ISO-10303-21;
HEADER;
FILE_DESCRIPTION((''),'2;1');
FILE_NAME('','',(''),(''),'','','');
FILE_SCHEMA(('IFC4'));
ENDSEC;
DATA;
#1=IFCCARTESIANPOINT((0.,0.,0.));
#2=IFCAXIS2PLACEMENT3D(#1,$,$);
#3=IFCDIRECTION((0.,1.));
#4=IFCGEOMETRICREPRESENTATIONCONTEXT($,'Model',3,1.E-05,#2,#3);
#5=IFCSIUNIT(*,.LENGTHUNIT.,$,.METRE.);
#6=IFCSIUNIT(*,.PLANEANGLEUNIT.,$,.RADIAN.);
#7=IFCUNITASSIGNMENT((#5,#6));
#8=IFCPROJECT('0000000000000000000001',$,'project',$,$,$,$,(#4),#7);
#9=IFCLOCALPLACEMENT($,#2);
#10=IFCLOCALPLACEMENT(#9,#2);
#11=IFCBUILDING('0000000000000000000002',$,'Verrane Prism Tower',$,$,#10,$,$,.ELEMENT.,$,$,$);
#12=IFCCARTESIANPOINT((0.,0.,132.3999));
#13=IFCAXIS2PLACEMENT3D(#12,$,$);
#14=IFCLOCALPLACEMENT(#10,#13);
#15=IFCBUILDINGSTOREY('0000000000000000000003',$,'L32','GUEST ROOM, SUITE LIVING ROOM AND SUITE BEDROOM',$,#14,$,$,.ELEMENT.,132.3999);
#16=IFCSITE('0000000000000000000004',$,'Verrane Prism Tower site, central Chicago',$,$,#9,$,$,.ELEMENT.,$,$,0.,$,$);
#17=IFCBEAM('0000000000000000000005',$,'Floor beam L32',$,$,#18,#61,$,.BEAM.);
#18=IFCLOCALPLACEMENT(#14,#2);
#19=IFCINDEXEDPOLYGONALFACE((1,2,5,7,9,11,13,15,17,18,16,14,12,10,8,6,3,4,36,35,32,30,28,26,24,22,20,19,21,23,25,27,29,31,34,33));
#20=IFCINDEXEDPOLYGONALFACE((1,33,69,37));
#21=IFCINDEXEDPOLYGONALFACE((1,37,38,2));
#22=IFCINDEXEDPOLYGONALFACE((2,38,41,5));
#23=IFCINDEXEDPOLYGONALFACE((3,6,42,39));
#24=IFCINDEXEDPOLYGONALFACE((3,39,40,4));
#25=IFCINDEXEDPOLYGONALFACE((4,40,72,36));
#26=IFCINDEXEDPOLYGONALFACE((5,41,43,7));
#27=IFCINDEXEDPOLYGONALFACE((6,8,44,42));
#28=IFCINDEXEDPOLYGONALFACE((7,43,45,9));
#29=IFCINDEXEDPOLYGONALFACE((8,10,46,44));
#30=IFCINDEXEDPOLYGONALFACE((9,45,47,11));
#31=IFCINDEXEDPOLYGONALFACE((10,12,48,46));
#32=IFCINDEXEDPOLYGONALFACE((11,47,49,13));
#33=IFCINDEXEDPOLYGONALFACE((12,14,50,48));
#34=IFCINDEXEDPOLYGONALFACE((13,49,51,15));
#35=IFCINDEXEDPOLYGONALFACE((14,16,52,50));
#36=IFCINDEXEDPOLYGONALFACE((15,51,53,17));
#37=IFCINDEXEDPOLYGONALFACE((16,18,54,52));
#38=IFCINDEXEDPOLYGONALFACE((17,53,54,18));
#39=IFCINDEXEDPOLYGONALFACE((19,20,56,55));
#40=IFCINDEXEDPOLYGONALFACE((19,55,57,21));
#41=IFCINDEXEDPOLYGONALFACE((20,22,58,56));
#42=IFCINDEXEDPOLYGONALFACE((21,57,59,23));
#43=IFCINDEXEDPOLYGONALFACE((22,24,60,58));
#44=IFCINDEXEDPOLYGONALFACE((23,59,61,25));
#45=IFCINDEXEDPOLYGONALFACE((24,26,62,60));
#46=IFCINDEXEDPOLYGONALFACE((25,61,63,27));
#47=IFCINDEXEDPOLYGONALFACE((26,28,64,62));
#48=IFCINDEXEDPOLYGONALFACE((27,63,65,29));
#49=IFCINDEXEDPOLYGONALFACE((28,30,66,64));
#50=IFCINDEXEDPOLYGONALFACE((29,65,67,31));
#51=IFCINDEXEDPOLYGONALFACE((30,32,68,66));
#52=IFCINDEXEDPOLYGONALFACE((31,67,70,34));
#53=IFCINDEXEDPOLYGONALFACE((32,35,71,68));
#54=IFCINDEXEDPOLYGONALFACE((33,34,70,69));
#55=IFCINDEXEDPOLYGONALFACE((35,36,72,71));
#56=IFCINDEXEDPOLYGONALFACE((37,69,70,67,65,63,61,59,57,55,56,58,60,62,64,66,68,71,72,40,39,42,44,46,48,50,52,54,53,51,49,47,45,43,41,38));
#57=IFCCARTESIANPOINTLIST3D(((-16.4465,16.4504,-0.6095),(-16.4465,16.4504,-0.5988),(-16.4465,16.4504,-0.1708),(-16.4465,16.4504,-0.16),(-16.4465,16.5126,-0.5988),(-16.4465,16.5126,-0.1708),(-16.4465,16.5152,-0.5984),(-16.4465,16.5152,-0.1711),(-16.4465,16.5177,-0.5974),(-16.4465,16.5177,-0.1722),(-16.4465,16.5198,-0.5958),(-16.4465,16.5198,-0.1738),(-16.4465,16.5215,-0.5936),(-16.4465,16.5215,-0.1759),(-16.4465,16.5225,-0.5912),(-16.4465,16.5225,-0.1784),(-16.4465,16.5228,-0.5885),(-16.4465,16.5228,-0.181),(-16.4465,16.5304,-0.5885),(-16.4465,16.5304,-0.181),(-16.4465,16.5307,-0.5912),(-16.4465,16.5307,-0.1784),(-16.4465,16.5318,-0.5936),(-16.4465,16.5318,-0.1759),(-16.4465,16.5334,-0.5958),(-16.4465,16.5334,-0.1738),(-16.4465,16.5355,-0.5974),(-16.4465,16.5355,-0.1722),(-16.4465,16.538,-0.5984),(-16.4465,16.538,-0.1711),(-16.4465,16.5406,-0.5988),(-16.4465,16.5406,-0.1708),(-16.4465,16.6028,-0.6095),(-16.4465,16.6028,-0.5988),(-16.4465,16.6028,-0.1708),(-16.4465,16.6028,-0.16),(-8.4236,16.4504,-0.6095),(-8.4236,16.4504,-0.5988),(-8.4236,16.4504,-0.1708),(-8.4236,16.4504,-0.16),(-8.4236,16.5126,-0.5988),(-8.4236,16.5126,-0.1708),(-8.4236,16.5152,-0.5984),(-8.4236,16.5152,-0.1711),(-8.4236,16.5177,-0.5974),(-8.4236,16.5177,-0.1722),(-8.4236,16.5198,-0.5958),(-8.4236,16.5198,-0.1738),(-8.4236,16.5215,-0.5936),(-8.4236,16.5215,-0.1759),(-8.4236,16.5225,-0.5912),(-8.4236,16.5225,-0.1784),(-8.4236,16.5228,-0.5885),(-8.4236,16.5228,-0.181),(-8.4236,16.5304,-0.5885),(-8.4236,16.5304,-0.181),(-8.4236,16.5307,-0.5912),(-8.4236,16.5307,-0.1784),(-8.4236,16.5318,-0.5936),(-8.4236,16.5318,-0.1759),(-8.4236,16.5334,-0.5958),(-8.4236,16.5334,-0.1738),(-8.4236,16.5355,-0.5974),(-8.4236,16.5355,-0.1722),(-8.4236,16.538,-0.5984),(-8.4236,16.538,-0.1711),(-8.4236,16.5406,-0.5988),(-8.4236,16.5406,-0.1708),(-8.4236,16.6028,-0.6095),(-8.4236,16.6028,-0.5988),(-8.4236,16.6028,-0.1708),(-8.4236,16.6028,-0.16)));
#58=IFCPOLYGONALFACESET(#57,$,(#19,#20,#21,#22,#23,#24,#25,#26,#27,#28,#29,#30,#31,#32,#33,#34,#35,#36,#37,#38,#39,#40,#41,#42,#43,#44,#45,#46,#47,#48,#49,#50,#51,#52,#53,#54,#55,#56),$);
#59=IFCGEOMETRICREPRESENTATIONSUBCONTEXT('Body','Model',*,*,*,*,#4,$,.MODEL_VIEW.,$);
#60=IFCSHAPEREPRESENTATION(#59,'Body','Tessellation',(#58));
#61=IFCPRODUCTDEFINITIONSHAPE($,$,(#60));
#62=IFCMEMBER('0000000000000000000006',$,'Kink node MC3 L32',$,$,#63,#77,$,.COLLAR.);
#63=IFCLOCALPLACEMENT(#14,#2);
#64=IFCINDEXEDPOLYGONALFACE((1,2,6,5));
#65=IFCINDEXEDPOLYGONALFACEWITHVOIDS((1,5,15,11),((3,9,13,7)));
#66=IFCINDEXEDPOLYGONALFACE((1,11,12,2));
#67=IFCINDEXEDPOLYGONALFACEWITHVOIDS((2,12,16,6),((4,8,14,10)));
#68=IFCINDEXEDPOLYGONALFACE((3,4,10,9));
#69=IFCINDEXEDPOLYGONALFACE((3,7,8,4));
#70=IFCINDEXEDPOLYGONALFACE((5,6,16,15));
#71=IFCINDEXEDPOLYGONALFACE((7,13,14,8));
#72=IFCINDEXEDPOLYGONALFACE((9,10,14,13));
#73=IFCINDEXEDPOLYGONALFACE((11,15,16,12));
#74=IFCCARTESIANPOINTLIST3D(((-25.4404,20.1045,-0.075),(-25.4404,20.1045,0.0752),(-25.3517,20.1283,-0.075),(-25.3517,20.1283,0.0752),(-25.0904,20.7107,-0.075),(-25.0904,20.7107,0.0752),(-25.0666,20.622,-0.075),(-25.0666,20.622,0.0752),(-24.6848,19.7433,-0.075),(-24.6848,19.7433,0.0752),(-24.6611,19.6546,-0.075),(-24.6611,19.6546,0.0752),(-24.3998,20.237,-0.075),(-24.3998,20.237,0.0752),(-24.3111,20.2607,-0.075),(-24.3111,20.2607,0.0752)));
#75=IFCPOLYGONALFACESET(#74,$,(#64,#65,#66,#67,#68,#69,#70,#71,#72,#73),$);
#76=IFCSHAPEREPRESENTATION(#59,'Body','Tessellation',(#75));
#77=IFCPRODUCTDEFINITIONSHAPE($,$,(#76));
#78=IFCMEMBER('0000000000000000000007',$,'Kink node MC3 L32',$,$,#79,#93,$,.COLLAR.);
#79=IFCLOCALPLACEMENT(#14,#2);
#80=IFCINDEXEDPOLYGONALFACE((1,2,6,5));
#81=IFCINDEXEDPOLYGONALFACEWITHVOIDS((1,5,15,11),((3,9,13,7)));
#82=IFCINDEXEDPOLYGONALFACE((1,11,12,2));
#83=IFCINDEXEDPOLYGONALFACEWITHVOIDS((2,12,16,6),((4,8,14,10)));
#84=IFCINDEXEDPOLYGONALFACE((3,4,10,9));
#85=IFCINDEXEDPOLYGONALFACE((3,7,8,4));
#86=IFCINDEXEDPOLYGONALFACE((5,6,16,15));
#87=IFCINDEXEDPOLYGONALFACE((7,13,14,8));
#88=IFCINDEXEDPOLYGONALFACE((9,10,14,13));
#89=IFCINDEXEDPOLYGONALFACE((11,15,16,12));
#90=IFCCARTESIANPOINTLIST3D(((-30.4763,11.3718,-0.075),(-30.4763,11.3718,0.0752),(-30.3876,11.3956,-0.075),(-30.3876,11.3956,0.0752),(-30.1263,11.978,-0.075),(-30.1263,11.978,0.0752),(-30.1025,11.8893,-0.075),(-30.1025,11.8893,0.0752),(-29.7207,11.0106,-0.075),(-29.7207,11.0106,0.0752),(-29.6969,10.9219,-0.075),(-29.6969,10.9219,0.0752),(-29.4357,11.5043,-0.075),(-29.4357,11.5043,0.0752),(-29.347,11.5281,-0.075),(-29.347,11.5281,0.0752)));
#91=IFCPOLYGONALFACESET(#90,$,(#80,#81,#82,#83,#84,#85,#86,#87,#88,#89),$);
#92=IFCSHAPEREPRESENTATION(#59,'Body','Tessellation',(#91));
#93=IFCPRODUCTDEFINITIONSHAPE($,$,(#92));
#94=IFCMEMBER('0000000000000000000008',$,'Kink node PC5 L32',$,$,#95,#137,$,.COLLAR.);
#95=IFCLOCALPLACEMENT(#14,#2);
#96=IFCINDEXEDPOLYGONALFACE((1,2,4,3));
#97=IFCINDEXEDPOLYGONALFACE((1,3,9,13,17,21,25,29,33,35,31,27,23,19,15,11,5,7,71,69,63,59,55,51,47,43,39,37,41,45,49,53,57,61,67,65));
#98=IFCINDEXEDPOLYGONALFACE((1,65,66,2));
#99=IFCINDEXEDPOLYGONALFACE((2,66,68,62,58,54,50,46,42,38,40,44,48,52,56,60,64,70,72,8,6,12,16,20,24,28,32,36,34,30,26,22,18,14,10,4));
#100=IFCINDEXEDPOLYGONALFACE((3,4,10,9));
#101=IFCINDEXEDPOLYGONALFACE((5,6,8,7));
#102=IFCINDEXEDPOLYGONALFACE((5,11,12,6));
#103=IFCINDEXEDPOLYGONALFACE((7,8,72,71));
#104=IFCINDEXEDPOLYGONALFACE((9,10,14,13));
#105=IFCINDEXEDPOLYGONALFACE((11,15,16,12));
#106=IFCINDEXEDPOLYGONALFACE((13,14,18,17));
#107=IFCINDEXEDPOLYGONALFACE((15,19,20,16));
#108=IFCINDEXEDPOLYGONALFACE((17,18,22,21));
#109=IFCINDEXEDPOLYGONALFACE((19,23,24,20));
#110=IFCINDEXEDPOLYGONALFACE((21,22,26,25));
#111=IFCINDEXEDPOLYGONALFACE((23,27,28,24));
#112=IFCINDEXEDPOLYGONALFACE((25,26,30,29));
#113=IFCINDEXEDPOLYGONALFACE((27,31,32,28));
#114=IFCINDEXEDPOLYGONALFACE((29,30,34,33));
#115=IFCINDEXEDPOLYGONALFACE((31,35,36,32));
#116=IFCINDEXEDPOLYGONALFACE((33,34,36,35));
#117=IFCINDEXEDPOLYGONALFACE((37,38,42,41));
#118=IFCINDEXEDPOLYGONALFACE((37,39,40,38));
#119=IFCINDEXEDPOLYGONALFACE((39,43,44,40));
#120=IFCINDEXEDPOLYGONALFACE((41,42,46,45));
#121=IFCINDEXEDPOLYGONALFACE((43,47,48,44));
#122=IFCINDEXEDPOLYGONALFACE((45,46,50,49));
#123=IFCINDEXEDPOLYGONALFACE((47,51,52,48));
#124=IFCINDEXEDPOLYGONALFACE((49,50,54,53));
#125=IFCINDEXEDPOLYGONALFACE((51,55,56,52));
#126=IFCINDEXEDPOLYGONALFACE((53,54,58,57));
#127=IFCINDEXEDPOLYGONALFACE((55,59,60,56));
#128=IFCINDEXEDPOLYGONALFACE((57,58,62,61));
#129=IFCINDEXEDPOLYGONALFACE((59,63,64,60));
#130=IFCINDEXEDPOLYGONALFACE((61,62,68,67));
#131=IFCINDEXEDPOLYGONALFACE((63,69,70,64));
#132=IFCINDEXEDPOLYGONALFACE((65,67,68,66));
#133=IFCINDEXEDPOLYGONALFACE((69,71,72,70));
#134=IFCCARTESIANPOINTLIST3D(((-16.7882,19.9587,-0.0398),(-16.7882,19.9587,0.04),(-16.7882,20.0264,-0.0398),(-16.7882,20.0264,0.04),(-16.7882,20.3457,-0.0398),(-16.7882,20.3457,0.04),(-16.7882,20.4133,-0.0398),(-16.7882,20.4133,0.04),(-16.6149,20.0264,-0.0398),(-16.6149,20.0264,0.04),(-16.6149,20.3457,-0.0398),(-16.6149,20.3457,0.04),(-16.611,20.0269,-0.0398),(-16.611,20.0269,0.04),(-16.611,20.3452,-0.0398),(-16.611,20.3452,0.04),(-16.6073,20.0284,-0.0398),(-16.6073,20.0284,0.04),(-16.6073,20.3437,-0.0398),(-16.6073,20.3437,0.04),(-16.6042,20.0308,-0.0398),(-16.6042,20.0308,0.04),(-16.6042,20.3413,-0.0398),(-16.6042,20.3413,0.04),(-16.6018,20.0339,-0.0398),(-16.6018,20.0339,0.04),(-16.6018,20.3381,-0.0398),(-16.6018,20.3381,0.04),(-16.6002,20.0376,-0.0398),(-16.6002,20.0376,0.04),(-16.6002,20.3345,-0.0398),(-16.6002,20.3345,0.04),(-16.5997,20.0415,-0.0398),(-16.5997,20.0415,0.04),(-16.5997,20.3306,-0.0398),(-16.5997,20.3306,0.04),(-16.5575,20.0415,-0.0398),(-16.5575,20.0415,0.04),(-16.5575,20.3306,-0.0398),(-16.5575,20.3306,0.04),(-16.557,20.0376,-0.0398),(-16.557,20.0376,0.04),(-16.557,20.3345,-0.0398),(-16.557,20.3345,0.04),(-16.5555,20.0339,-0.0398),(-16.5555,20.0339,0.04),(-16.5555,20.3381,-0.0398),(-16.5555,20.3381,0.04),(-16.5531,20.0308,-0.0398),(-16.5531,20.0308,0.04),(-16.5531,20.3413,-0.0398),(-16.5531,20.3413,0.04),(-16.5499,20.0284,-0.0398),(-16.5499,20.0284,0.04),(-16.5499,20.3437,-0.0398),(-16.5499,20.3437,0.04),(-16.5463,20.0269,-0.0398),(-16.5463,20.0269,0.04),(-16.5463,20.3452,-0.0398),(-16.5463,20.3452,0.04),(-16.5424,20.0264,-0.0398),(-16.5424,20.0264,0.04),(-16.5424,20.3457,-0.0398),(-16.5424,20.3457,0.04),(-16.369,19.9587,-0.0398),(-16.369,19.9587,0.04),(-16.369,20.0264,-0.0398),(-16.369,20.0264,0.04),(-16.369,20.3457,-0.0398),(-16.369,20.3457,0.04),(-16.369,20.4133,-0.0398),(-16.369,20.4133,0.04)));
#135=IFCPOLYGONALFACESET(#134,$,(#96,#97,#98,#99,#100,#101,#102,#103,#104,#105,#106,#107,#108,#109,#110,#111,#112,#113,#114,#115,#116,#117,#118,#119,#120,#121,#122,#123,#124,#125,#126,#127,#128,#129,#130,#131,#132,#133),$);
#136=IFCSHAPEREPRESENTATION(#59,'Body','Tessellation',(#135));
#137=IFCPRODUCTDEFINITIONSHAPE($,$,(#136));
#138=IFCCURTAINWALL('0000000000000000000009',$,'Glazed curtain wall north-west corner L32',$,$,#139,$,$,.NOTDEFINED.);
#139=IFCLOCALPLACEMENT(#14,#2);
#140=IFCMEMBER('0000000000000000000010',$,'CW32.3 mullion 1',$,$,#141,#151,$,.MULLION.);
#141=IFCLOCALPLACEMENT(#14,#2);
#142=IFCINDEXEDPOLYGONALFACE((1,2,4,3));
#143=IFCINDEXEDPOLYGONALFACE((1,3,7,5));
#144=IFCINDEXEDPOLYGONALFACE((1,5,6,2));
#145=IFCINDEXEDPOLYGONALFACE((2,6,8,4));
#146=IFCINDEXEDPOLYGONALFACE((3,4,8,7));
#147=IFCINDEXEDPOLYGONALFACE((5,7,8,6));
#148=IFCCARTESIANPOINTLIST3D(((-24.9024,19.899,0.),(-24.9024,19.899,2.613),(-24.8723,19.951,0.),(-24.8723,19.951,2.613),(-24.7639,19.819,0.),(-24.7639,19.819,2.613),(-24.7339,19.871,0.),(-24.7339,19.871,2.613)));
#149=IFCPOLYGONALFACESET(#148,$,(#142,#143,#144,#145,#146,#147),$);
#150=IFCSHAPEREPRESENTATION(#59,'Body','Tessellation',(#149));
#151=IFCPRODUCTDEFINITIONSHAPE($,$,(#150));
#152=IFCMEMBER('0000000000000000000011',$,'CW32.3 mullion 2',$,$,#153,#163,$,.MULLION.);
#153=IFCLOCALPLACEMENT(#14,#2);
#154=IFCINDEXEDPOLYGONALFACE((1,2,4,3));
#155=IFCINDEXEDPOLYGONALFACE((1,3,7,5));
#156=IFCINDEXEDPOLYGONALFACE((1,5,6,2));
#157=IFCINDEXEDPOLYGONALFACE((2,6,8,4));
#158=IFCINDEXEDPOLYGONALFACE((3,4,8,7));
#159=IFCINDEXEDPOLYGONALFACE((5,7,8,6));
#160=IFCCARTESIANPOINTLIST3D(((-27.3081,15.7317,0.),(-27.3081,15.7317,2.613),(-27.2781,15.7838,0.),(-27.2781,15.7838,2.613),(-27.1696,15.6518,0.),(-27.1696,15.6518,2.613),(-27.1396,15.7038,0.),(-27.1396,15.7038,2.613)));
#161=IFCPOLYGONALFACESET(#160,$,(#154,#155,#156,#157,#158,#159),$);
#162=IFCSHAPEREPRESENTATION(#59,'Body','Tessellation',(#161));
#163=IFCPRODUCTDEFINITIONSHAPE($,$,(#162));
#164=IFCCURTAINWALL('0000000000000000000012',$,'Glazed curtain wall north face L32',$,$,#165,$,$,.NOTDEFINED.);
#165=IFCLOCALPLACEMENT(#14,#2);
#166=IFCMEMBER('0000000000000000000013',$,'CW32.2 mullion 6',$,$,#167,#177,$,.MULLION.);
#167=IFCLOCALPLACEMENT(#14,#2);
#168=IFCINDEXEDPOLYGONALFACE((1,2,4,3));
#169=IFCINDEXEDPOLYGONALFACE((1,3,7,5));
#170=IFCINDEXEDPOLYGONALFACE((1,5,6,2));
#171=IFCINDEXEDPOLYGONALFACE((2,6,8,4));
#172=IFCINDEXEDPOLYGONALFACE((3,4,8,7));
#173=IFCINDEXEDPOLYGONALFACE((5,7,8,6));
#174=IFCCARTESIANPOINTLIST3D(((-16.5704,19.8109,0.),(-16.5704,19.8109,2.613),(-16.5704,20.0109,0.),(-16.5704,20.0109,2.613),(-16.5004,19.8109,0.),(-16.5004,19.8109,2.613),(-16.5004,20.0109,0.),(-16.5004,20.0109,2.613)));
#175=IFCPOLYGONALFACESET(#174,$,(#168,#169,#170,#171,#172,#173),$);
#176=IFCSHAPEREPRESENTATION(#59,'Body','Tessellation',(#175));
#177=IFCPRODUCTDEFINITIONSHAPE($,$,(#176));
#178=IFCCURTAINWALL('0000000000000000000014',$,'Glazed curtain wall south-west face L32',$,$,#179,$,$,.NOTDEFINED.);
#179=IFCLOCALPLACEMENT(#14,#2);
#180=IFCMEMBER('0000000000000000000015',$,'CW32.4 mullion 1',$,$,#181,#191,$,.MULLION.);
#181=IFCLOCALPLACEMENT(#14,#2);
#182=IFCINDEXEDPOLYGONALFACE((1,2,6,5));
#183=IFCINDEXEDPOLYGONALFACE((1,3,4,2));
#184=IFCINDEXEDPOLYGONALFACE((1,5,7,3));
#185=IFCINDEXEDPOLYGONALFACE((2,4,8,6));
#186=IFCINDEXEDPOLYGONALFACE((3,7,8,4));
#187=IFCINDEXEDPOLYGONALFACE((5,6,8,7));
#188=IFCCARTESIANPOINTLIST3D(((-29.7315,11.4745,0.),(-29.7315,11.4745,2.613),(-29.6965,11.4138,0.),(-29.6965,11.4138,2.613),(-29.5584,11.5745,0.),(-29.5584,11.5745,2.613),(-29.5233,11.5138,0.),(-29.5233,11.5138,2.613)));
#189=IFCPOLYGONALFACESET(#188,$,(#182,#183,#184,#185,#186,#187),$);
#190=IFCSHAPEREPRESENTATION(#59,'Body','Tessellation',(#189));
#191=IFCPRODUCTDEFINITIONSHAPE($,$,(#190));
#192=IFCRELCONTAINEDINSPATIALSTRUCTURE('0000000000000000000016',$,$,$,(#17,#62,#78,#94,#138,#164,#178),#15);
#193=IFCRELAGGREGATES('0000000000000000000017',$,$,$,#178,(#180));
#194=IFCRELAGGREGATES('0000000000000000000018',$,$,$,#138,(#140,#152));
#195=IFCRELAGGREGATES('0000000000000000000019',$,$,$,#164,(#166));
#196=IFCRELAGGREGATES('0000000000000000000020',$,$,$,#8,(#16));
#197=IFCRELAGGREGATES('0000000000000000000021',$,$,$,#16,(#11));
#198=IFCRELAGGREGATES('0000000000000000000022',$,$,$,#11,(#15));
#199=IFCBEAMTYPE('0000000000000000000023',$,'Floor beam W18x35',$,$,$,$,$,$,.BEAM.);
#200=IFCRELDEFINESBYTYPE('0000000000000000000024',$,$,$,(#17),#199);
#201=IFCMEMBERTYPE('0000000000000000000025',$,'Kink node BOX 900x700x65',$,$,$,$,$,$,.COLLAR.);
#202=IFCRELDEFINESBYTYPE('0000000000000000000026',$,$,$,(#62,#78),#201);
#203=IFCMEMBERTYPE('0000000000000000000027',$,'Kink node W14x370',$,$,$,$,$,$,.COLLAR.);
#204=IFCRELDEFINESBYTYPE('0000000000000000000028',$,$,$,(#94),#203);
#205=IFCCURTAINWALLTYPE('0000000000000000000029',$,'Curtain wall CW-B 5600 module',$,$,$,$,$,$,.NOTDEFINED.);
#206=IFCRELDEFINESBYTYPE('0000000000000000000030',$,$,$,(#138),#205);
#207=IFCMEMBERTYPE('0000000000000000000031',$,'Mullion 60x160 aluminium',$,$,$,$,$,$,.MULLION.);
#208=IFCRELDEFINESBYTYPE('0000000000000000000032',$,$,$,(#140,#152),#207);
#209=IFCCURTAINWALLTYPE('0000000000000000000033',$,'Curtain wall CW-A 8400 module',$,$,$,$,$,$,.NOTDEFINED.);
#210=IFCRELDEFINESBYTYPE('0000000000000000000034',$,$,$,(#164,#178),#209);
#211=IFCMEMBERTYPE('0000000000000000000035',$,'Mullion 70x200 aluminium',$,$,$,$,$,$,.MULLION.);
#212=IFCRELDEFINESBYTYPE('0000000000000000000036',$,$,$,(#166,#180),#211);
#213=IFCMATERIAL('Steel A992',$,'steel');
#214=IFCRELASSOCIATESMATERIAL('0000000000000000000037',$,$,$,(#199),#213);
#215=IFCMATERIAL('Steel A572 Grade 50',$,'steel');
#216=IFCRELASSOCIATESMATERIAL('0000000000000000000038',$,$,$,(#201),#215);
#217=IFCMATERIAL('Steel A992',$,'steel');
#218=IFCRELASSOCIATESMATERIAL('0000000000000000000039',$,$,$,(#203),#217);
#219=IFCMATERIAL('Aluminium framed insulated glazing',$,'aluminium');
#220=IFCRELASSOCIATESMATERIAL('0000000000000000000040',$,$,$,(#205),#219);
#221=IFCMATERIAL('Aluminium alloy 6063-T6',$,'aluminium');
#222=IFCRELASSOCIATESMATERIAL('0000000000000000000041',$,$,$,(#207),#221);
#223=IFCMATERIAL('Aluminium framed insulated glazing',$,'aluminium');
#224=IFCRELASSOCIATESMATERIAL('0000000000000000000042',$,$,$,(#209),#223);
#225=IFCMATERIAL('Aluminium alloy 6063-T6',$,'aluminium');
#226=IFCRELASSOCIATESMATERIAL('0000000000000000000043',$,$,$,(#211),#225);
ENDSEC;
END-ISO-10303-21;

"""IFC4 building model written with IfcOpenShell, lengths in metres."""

from ifc_helpers import new_model, si_unit, direction, frame, origin, origin_2d, place, context, subcontext, project, spatial, rectangle, hollow_rectangle, i_section, extrude, material, material_profile, profile_set, type_object, element, aggregate, save


model = new_model("IFC4")

# Units and contexts
model_context = context("Model", 3, precision=1e-05, world=origin(), true_north=direction((0.0, 1.0)))
body_context = subcontext(model_context, "Body", "Model", "MODEL_VIEW")
ifc_project = project(units=[si_unit("LENGTHUNIT", "METRE"), si_unit("PLANEANGLEUNIT", "RADIAN")], contexts=[model_context])

# Site, building, storey
site_placement = place(None, origin())
site = spatial("IfcSite", under=ifc_project, at=site_placement, Name="Verrane Prism Tower site, central Chicago", CompositionType="ELEMENT", RefElevation=0.0)
building_placement = place(site_placement, origin())
building = spatial("IfcBuilding", under=site, at=building_placement, Name="Verrane Prism Tower", CompositionType="ELEMENT")
storey_placement = place(building_placement, frame((0.0, 0.0, 132.3999)))
storey = spatial("IfcBuildingStorey", under=building, at=storey_placement, Name="L32", Description="GUEST ROOM, SUITE LIVING ROOM AND SUITE BEDROOM", CompositionType="ELEMENT", Elevation=132.3999)

# Beam
ifc_material_1 = material(Name="Steel A992", Category="steel")
ifc_material_profile_1 = material_profile(ifc_material_1, i_section(OverallWidth=0.1523, OverallDepth=0.4495, WebThickness=0.0076, FlangeThickness=0.0107, FilletRadius=0.0103, at=origin_2d()), Name="W18x35")
ifc_profile_set_1 = profile_set([ifc_material_profile_1], Name="Steel A992")
beam_type_1 = type_object("IfcBeamType", Name="Floor beam W18x35", PredefinedType="BEAM", material=ifc_profile_set_1)
for number, where, z_axis, x_axis, name in (
    (1, (-16.4465, 16.5266, -0.3848), (1.0, 0.0, 0.0), (0.0, 1.0, 0.0), "Floor beam L32"),
):
    element("IfcBeam", number, at=place(storey_placement, frame(where, z_axis=z_axis, x_axis=x_axis)), inside=storey, type_object=beam_type_1, Name=name, PredefinedType="BEAM", context=body_context, shape_type="SweptSolid", body=[
        extrude(i_section(OverallWidth=0.1523, OverallDepth=0.4495, WebThickness=0.0076, FlangeThickness=0.0107, FilletRadius=0.0103, at=origin_2d()), origin(), (0.0, 0.0, 1.0), 8.0229),
    ])

# Members
ifc_material_2 = material(Name="Steel A572 Grade 50", Category="steel")
ifc_material_profile_2 = material_profile(ifc_material_2, hollow_rectangle(XDim=0.7, YDim=0.8999, WallThickness=0.0649, at=origin_2d()), Name="BOX 900x700x65")
ifc_profile_set_2 = profile_set([ifc_material_profile_2], Name="Steel A572 Grade 50")
member_type_1 = type_object("IfcMemberType", Name="Kink node BOX 900x700x65", PredefinedType="COLLAR", material=ifc_profile_set_2)
for number, where, z_axis, x_axis, name in (
    (2, (-24.8757, 20.1826, -0.075), (0.0, 0.0, 1.0), (0.5, 0.866025, 0.0), "Kink node MC3 L32"),
    (3, (-29.9116, 11.45, -0.075), (0.0, 0.0, 1.0), (0.5, 0.866025, 0.0), "Kink node MC3 L32"),
):
    element("IfcMember", number, at=place(storey_placement, frame(where, z_axis=z_axis, x_axis=x_axis)), inside=storey, type_object=member_type_1, Name=name, PredefinedType="COLLAR", context=body_context, shape_type="SweptSolid", body=[
        extrude(hollow_rectangle(XDim=0.7, YDim=0.8999, WallThickness=0.0649, at=origin_2d()), origin(), (0.0, 0.0, 1.0), 0.1501),
    ])
ifc_material_3 = material(Name="Steel A992", Category="steel")
ifc_material_profile_3 = material_profile(ifc_material_3, i_section(OverallWidth=0.4192, OverallDepth=0.4546, WebThickness=0.0422, FlangeThickness=0.0676, FilletRadius=0.0151, at=origin_2d()), Name="W14x370")
ifc_profile_set_3 = profile_set([ifc_material_profile_3], Name="Steel A992")
member_type_2 = type_object("IfcMemberType", Name="Kink node W14x370", PredefinedType="COLLAR", material=ifc_profile_set_3)
member_1_placement = place(storey_placement, frame((-16.5786, 20.186, -0.0398), z_axis=(0.0, 0.0, 1.0), x_axis=(1.0, 0.0, 0.0)))
element("IfcMember", 4, at=member_1_placement, inside=storey, type_object=member_type_2, Name="Kink node PC5 L32", PredefinedType="COLLAR", context=body_context, shape_type="SweptSolid", body=[
    extrude(i_section(OverallWidth=0.4192, OverallDepth=0.4546, WebThickness=0.0422, FlangeThickness=0.0676, FilletRadius=0.0151, at=origin_2d()), origin(), (0.0, 0.0, 1.0), 0.0798),
])

# Curtain wall, members
ifc_material_4 = material(Name="Aluminium framed insulated glazing", Category="aluminium")
curtain_wall_type_1 = type_object("IfcCurtainWallType", Name="Curtain wall CW-B 5600 module", PredefinedType="NOTDEFINED", material=ifc_material_4)
curtain_wall_1_placement = place(storey_placement, origin())
curtain_wall_1 = element("IfcCurtainWall", 5, at=curtain_wall_1_placement, inside=storey, type_object=curtain_wall_type_1, Name="Glazed curtain wall north-west corner L32", PredefinedType="NOTDEFINED")
ifc_material_5 = material(Name="Aluminium alloy 6063-T6", Category="aluminium")
ifc_material_profile_4 = material_profile(ifc_material_5, rectangle(XDim=0.1599, YDim=0.0601, at=origin_2d()), Name="Mullion 60x160 aluminium")
ifc_profile_set_4 = profile_set([ifc_material_profile_4], Name="Aluminium alloy 6063-T6")
member_type_3 = type_object("IfcMemberType", Name="Mullion 60x160 aluminium", PredefinedType="MULLION", material=ifc_profile_set_4)
member_2_placement = place(storey_placement, frame((-24.8181, 19.885, 0.0), z_axis=(0.0, 0.0, 1.0), x_axis=(0.866028, -0.499996, 0.0)))
member_2 = element("IfcMember", 6, at=member_2_placement, type_object=member_type_3, Name="CW32.3 mullion 1", PredefinedType="MULLION", context=body_context, shape_type="SweptSolid", body=[
    extrude(rectangle(XDim=0.1599, YDim=0.0601, at=origin_2d()), origin(), (0.0, 0.0, 1.0), 2.613),
])
member_3_placement = place(storey_placement, frame((-27.2239, 15.7178, 0.0), z_axis=(0.0, 0.0, 1.0), x_axis=(0.866028, -0.499996, 0.0)))
member_3 = element("IfcMember", 7, at=member_3_placement, type_object=member_type_3, Name="CW32.3 mullion 2", PredefinedType="MULLION", context=body_context, shape_type="SweptSolid", body=[
    extrude(rectangle(XDim=0.1599, YDim=0.0601, at=origin_2d()), origin(), (0.0, 0.0, 1.0), 2.613),
])

# Curtain walls, members
ifc_material_6 = material(Name="Aluminium framed insulated glazing", Category="aluminium")
curtain_wall_type_2 = type_object("IfcCurtainWallType", Name="Curtain wall CW-A 8400 module", PredefinedType="NOTDEFINED", material=ifc_material_6)
curtain_wall_2_placement = place(storey_placement, origin())
curtain_wall_2 = element("IfcCurtainWall", 8, at=curtain_wall_2_placement, inside=storey, type_object=curtain_wall_type_2, Name="Glazed curtain wall north face L32", PredefinedType="NOTDEFINED")
ifc_material_7 = material(Name="Aluminium alloy 6063-T6", Category="aluminium")
ifc_material_profile_5 = material_profile(ifc_material_7, rectangle(XDim=0.2, YDim=0.0701, at=origin_2d()), Name="Mullion 70x200 aluminium")
ifc_profile_set_5 = profile_set([ifc_material_profile_5], Name="Aluminium alloy 6063-T6")
member_type_4 = type_object("IfcMemberType", Name="Mullion 70x200 aluminium", PredefinedType="MULLION", material=ifc_profile_set_5)
member_4_placement = place(storey_placement, frame((-16.5354, 19.9109, 0.0), z_axis=(0.0, 0.0, 1.0), x_axis=(0.0, -1.0, 0.0)))
member_4 = element("IfcMember", 9, at=member_4_placement, type_object=member_type_4, Name="CW32.2 mullion 6", PredefinedType="MULLION", context=body_context, shape_type="SweptSolid", body=[
    extrude(rectangle(XDim=0.2, YDim=0.0701, at=origin_2d()), origin(), (0.0, 0.0, 1.0), 2.613),
])
curtain_wall_3_placement = place(storey_placement, origin())
curtain_wall_3 = element("IfcCurtainWall", 10, at=curtain_wall_3_placement, inside=storey, type_object=curtain_wall_type_2, Name="Glazed curtain wall south-west face L32", PredefinedType="NOTDEFINED")
member_5_placement = place(storey_placement, frame((-29.6274, 11.4941, 0.0), z_axis=(0.0, 0.0, 1.0), x_axis=(0.866025, 0.5, 0.0)))
member_5 = element("IfcMember", 11, at=member_5_placement, type_object=member_type_4, Name="CW32.4 mullion 1", PredefinedType="MULLION", context=body_context, shape_type="SweptSolid", body=[
    extrude(rectangle(XDim=0.2, YDim=0.0701, at=origin_2d()), origin(), (0.0, 0.0, 1.0), 2.613),
])

aggregate(curtain_wall_3, [member_5])

aggregate(curtain_wall_1, [member_2, member_3])
aggregate(curtain_wall_2, [member_4])

save(model, "model.ifc")
